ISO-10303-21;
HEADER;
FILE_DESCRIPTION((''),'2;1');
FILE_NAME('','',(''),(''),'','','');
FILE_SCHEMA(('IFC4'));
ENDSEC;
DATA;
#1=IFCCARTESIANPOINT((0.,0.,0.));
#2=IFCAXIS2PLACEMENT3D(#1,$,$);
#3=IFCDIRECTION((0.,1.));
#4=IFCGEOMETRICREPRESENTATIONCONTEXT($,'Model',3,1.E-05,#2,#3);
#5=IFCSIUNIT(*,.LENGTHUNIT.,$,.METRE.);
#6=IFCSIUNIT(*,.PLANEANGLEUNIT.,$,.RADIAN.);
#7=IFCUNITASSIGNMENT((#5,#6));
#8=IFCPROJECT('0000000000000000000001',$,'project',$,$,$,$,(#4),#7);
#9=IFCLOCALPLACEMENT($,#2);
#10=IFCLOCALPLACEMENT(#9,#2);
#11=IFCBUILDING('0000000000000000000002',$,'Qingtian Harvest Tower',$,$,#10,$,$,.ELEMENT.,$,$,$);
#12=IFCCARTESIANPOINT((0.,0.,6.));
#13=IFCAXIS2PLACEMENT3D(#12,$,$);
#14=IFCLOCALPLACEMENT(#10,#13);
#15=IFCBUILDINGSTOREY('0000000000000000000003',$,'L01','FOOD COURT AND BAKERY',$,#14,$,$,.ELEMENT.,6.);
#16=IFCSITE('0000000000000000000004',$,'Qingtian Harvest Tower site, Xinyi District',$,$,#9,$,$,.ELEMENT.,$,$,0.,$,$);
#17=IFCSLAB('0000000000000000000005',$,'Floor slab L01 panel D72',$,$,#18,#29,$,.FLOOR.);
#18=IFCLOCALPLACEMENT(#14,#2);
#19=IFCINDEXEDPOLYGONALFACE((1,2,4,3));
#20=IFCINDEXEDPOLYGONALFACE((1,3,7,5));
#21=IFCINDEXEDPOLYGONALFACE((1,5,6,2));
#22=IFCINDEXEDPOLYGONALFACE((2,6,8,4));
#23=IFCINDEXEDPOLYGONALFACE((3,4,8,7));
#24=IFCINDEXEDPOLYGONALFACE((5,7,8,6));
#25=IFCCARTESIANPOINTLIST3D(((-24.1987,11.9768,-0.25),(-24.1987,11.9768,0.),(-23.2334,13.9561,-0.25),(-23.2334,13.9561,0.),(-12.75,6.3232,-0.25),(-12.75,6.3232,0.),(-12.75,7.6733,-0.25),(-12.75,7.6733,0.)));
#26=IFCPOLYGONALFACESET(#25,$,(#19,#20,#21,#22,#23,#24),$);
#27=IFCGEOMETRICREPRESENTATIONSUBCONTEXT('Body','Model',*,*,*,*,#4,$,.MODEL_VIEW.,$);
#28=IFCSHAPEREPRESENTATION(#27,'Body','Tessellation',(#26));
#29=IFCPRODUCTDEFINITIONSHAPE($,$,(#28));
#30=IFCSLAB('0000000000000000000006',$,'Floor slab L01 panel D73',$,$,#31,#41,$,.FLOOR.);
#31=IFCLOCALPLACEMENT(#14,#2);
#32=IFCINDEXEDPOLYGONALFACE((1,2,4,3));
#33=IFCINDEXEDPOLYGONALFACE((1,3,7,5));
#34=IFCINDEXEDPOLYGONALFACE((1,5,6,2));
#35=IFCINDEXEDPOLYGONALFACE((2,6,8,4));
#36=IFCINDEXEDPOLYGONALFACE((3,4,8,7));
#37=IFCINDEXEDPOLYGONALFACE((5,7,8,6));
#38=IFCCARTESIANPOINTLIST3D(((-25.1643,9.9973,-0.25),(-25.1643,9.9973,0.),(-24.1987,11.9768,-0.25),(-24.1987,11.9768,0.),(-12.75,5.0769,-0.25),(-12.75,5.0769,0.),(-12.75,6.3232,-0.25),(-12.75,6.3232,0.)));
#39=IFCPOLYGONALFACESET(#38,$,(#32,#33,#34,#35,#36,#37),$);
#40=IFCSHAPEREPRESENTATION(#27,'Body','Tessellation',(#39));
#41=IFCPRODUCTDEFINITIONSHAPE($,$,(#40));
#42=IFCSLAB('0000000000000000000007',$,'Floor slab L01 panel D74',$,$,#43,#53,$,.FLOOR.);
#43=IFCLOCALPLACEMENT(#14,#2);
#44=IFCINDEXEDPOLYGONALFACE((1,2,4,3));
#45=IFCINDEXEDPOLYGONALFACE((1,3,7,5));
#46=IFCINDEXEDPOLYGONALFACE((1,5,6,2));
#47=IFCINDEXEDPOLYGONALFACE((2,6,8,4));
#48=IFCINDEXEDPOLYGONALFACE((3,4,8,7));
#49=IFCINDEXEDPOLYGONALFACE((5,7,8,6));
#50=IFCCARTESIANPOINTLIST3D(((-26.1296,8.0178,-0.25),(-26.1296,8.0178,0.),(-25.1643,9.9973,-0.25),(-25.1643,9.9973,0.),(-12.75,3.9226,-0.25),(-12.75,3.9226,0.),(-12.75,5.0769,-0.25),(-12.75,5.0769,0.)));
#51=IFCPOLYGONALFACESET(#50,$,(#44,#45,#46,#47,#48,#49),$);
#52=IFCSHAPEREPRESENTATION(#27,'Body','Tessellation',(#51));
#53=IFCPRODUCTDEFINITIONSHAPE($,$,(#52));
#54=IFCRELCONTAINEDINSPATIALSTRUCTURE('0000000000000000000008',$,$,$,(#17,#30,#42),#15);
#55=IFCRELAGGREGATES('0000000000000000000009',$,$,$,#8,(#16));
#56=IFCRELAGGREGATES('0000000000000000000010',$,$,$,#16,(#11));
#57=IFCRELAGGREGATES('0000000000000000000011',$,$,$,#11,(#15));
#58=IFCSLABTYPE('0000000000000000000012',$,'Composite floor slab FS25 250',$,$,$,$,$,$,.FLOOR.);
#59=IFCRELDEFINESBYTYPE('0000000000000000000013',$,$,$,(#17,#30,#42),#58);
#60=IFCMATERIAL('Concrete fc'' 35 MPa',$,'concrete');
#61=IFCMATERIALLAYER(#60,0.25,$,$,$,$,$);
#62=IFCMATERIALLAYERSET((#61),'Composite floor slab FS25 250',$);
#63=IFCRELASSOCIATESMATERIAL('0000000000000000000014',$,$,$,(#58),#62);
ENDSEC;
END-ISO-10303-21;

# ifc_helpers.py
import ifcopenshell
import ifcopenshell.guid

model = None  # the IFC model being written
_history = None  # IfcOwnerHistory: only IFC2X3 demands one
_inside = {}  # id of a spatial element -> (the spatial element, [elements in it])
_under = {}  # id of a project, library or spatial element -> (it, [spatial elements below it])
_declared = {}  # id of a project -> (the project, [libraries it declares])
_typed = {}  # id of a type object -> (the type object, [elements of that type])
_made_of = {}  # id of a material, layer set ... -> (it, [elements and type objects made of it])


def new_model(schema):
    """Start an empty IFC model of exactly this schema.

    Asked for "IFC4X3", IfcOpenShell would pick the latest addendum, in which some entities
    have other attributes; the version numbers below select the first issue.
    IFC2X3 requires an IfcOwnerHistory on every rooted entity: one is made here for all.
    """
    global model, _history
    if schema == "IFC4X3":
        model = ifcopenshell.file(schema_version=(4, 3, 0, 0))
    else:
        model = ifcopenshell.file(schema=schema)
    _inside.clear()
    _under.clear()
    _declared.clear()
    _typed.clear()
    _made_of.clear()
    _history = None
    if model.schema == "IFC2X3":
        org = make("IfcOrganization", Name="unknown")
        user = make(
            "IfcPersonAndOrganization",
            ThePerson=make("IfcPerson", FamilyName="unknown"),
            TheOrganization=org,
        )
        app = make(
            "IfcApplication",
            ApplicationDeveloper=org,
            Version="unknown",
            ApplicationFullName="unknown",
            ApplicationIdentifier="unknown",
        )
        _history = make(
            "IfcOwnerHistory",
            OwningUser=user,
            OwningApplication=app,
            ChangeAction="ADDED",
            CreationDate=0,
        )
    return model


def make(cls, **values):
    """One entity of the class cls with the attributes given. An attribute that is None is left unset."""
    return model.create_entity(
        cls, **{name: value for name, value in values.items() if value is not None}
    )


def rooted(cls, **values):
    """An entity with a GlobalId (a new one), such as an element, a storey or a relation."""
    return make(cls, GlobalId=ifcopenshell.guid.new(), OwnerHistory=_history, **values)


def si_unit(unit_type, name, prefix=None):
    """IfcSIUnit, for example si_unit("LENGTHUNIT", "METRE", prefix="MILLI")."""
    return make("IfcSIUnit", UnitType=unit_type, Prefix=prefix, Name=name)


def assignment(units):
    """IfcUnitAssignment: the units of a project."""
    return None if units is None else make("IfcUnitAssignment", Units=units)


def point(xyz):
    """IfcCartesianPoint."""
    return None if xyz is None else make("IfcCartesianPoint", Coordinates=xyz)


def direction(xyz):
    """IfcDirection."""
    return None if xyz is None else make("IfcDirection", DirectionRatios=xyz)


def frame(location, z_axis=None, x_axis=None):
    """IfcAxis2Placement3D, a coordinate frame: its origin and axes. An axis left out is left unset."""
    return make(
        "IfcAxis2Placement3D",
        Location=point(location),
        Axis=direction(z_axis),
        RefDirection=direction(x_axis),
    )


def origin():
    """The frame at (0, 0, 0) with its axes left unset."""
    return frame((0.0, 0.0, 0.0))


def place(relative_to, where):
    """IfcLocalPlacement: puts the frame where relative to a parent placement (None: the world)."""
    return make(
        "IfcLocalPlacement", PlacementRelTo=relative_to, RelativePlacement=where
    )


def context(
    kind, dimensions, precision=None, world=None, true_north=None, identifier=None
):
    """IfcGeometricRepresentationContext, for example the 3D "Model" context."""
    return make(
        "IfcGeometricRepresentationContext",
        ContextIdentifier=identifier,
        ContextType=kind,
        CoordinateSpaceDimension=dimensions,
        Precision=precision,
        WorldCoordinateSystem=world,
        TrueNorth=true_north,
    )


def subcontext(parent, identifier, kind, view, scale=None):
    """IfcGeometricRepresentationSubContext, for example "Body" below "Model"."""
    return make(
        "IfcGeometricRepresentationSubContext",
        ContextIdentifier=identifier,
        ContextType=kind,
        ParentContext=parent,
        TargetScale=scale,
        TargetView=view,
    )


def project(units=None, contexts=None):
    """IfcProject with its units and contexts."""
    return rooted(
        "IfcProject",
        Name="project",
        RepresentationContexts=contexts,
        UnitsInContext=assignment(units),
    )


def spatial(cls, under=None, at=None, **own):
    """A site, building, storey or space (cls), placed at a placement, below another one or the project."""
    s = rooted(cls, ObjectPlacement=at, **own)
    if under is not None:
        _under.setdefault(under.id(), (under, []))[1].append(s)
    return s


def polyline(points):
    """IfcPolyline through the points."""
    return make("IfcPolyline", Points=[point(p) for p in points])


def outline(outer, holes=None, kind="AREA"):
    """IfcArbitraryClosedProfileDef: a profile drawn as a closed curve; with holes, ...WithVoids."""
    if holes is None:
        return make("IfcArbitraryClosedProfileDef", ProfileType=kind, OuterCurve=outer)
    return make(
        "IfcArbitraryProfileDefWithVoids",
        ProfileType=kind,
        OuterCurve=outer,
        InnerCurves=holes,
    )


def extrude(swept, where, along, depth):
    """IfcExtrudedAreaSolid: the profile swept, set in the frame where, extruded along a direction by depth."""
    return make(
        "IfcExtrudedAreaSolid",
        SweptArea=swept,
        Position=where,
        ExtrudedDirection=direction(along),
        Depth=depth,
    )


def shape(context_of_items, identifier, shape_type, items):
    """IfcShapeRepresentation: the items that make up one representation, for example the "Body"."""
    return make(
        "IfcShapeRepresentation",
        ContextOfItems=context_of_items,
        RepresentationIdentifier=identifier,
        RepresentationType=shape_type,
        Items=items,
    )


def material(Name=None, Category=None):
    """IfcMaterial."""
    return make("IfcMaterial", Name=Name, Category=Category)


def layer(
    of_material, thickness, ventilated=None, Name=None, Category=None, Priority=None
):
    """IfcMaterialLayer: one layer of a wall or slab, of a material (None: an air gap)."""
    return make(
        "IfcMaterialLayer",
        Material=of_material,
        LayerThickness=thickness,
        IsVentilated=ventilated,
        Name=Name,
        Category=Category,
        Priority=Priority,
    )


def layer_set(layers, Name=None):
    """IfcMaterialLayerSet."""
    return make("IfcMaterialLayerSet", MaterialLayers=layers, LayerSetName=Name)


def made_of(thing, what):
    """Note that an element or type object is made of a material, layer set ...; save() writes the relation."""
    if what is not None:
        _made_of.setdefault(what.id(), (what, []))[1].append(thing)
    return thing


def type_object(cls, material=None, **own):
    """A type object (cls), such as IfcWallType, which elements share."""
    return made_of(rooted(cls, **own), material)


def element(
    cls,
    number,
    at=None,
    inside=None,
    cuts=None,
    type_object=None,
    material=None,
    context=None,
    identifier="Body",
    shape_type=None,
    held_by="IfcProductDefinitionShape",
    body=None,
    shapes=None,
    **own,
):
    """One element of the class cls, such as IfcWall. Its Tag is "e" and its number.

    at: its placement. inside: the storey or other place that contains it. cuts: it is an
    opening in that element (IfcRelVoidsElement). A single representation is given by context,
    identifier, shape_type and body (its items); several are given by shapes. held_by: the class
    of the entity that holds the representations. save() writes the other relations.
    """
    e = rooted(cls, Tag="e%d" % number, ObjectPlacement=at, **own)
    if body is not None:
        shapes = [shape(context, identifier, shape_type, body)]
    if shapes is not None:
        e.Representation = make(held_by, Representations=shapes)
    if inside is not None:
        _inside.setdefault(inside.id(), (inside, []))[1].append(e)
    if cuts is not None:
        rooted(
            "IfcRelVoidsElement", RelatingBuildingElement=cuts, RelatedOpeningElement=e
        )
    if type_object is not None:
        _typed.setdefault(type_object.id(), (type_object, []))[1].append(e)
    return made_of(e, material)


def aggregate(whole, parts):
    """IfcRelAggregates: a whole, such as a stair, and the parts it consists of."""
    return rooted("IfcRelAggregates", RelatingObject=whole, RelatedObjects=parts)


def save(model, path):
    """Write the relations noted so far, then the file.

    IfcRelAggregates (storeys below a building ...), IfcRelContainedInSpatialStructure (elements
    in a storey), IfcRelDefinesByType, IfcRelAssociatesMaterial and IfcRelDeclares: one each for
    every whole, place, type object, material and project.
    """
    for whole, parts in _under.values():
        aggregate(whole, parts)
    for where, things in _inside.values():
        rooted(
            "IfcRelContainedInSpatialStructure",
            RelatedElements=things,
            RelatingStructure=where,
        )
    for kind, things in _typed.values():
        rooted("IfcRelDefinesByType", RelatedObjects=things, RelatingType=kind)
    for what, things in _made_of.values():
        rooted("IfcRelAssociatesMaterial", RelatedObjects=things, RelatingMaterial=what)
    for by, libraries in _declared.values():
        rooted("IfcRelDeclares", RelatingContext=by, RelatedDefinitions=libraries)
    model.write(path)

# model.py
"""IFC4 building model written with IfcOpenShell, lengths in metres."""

from ifc_helpers import new_model, si_unit, direction, frame, origin, place, context, subcontext, project, spatial, polyline, outline, extrude, material, layer, layer_set, type_object, element, save


model = new_model("IFC4")

# Units and contexts
model_context = context("Model", 3, precision=1e-05, world=origin(), true_north=direction((0.0, 1.0)))
body_context = subcontext(model_context, "Body", "Model", "MODEL_VIEW")
ifc_project = project(units=[si_unit("LENGTHUNIT", "METRE"), si_unit("PLANEANGLEUNIT", "RADIAN")], contexts=[model_context])

# Site, building, storey
site_placement = place(None, origin())
site = spatial("IfcSite", under=ifc_project, at=site_placement, Name="Qingtian Harvest Tower site, Xinyi District", CompositionType="ELEMENT", RefElevation=0.0)
building_placement = place(site_placement, origin())
building = spatial("IfcBuilding", under=site, at=building_placement, Name="Qingtian Harvest Tower", CompositionType="ELEMENT")
storey_placement = place(building_placement, frame((0.0, 0.0, 6.0)))
storey = spatial("IfcBuildingStorey", under=building, at=storey_placement, Name="L01", Description="FOOD COURT AND BAKERY", CompositionType="ELEMENT", Elevation=6.0)

# Slabs
ifc_material = material(Name="Concrete fc' 35 MPa", Category="concrete")
ifc_layer = layer(ifc_material, 0.25)
ifc_layer_set = layer_set([ifc_layer], Name="Composite floor slab FS25 250")
slab_type = type_object("IfcSlabType", Name="Composite floor slab FS25 250", PredefinedType="FLOOR", material=ifc_layer_set)
slab_1_placement = place(storey_placement, frame((0.0, 0.0, -0.25)))
element("IfcSlab", 1, at=slab_1_placement, inside=storey, type_object=slab_type, Name="Floor slab L01 panel D72", PredefinedType="FLOOR", context=body_context, shape_type="SweptSolid", body=[
    extrude(outline(polyline([(-12.75, 6.3232), (-24.1987, 11.9768), (-23.2334, 13.9561), (-12.75, 7.6733), (-12.75, 6.3232)])), origin(), (0.0, 0.0, 1.0), 0.25),
])
slab_2_placement = place(storey_placement, frame((0.0, 0.0, -0.25)))
element("IfcSlab", 2, at=slab_2_placement, inside=storey, type_object=slab_type, Name="Floor slab L01 panel D73", PredefinedType="FLOOR", context=body_context, shape_type="SweptSolid", body=[
    extrude(outline(polyline([(-12.75, 5.0769), (-25.1643, 9.9973), (-24.1987, 11.9768), (-12.75, 6.3232), (-12.75, 5.0769)])), origin(), (0.0, 0.0, 1.0), 0.25),
])
slab_3_placement = place(storey_placement, frame((0.0, 0.0, -0.25)))
element("IfcSlab", 3, at=slab_3_placement, inside=storey, type_object=slab_type, Name="Floor slab L01 panel D74", PredefinedType="FLOOR", context=body_context, shape_type="SweptSolid", body=[
    extrude(outline(polyline([(-12.75, 3.9226), (-26.1296, 8.0178), (-25.1643, 9.9973), (-12.75, 5.0769), (-12.75, 3.9226)])), origin(), (0.0, 0.0, 1.0), 0.25),
])

save(model, "model.ifc")
